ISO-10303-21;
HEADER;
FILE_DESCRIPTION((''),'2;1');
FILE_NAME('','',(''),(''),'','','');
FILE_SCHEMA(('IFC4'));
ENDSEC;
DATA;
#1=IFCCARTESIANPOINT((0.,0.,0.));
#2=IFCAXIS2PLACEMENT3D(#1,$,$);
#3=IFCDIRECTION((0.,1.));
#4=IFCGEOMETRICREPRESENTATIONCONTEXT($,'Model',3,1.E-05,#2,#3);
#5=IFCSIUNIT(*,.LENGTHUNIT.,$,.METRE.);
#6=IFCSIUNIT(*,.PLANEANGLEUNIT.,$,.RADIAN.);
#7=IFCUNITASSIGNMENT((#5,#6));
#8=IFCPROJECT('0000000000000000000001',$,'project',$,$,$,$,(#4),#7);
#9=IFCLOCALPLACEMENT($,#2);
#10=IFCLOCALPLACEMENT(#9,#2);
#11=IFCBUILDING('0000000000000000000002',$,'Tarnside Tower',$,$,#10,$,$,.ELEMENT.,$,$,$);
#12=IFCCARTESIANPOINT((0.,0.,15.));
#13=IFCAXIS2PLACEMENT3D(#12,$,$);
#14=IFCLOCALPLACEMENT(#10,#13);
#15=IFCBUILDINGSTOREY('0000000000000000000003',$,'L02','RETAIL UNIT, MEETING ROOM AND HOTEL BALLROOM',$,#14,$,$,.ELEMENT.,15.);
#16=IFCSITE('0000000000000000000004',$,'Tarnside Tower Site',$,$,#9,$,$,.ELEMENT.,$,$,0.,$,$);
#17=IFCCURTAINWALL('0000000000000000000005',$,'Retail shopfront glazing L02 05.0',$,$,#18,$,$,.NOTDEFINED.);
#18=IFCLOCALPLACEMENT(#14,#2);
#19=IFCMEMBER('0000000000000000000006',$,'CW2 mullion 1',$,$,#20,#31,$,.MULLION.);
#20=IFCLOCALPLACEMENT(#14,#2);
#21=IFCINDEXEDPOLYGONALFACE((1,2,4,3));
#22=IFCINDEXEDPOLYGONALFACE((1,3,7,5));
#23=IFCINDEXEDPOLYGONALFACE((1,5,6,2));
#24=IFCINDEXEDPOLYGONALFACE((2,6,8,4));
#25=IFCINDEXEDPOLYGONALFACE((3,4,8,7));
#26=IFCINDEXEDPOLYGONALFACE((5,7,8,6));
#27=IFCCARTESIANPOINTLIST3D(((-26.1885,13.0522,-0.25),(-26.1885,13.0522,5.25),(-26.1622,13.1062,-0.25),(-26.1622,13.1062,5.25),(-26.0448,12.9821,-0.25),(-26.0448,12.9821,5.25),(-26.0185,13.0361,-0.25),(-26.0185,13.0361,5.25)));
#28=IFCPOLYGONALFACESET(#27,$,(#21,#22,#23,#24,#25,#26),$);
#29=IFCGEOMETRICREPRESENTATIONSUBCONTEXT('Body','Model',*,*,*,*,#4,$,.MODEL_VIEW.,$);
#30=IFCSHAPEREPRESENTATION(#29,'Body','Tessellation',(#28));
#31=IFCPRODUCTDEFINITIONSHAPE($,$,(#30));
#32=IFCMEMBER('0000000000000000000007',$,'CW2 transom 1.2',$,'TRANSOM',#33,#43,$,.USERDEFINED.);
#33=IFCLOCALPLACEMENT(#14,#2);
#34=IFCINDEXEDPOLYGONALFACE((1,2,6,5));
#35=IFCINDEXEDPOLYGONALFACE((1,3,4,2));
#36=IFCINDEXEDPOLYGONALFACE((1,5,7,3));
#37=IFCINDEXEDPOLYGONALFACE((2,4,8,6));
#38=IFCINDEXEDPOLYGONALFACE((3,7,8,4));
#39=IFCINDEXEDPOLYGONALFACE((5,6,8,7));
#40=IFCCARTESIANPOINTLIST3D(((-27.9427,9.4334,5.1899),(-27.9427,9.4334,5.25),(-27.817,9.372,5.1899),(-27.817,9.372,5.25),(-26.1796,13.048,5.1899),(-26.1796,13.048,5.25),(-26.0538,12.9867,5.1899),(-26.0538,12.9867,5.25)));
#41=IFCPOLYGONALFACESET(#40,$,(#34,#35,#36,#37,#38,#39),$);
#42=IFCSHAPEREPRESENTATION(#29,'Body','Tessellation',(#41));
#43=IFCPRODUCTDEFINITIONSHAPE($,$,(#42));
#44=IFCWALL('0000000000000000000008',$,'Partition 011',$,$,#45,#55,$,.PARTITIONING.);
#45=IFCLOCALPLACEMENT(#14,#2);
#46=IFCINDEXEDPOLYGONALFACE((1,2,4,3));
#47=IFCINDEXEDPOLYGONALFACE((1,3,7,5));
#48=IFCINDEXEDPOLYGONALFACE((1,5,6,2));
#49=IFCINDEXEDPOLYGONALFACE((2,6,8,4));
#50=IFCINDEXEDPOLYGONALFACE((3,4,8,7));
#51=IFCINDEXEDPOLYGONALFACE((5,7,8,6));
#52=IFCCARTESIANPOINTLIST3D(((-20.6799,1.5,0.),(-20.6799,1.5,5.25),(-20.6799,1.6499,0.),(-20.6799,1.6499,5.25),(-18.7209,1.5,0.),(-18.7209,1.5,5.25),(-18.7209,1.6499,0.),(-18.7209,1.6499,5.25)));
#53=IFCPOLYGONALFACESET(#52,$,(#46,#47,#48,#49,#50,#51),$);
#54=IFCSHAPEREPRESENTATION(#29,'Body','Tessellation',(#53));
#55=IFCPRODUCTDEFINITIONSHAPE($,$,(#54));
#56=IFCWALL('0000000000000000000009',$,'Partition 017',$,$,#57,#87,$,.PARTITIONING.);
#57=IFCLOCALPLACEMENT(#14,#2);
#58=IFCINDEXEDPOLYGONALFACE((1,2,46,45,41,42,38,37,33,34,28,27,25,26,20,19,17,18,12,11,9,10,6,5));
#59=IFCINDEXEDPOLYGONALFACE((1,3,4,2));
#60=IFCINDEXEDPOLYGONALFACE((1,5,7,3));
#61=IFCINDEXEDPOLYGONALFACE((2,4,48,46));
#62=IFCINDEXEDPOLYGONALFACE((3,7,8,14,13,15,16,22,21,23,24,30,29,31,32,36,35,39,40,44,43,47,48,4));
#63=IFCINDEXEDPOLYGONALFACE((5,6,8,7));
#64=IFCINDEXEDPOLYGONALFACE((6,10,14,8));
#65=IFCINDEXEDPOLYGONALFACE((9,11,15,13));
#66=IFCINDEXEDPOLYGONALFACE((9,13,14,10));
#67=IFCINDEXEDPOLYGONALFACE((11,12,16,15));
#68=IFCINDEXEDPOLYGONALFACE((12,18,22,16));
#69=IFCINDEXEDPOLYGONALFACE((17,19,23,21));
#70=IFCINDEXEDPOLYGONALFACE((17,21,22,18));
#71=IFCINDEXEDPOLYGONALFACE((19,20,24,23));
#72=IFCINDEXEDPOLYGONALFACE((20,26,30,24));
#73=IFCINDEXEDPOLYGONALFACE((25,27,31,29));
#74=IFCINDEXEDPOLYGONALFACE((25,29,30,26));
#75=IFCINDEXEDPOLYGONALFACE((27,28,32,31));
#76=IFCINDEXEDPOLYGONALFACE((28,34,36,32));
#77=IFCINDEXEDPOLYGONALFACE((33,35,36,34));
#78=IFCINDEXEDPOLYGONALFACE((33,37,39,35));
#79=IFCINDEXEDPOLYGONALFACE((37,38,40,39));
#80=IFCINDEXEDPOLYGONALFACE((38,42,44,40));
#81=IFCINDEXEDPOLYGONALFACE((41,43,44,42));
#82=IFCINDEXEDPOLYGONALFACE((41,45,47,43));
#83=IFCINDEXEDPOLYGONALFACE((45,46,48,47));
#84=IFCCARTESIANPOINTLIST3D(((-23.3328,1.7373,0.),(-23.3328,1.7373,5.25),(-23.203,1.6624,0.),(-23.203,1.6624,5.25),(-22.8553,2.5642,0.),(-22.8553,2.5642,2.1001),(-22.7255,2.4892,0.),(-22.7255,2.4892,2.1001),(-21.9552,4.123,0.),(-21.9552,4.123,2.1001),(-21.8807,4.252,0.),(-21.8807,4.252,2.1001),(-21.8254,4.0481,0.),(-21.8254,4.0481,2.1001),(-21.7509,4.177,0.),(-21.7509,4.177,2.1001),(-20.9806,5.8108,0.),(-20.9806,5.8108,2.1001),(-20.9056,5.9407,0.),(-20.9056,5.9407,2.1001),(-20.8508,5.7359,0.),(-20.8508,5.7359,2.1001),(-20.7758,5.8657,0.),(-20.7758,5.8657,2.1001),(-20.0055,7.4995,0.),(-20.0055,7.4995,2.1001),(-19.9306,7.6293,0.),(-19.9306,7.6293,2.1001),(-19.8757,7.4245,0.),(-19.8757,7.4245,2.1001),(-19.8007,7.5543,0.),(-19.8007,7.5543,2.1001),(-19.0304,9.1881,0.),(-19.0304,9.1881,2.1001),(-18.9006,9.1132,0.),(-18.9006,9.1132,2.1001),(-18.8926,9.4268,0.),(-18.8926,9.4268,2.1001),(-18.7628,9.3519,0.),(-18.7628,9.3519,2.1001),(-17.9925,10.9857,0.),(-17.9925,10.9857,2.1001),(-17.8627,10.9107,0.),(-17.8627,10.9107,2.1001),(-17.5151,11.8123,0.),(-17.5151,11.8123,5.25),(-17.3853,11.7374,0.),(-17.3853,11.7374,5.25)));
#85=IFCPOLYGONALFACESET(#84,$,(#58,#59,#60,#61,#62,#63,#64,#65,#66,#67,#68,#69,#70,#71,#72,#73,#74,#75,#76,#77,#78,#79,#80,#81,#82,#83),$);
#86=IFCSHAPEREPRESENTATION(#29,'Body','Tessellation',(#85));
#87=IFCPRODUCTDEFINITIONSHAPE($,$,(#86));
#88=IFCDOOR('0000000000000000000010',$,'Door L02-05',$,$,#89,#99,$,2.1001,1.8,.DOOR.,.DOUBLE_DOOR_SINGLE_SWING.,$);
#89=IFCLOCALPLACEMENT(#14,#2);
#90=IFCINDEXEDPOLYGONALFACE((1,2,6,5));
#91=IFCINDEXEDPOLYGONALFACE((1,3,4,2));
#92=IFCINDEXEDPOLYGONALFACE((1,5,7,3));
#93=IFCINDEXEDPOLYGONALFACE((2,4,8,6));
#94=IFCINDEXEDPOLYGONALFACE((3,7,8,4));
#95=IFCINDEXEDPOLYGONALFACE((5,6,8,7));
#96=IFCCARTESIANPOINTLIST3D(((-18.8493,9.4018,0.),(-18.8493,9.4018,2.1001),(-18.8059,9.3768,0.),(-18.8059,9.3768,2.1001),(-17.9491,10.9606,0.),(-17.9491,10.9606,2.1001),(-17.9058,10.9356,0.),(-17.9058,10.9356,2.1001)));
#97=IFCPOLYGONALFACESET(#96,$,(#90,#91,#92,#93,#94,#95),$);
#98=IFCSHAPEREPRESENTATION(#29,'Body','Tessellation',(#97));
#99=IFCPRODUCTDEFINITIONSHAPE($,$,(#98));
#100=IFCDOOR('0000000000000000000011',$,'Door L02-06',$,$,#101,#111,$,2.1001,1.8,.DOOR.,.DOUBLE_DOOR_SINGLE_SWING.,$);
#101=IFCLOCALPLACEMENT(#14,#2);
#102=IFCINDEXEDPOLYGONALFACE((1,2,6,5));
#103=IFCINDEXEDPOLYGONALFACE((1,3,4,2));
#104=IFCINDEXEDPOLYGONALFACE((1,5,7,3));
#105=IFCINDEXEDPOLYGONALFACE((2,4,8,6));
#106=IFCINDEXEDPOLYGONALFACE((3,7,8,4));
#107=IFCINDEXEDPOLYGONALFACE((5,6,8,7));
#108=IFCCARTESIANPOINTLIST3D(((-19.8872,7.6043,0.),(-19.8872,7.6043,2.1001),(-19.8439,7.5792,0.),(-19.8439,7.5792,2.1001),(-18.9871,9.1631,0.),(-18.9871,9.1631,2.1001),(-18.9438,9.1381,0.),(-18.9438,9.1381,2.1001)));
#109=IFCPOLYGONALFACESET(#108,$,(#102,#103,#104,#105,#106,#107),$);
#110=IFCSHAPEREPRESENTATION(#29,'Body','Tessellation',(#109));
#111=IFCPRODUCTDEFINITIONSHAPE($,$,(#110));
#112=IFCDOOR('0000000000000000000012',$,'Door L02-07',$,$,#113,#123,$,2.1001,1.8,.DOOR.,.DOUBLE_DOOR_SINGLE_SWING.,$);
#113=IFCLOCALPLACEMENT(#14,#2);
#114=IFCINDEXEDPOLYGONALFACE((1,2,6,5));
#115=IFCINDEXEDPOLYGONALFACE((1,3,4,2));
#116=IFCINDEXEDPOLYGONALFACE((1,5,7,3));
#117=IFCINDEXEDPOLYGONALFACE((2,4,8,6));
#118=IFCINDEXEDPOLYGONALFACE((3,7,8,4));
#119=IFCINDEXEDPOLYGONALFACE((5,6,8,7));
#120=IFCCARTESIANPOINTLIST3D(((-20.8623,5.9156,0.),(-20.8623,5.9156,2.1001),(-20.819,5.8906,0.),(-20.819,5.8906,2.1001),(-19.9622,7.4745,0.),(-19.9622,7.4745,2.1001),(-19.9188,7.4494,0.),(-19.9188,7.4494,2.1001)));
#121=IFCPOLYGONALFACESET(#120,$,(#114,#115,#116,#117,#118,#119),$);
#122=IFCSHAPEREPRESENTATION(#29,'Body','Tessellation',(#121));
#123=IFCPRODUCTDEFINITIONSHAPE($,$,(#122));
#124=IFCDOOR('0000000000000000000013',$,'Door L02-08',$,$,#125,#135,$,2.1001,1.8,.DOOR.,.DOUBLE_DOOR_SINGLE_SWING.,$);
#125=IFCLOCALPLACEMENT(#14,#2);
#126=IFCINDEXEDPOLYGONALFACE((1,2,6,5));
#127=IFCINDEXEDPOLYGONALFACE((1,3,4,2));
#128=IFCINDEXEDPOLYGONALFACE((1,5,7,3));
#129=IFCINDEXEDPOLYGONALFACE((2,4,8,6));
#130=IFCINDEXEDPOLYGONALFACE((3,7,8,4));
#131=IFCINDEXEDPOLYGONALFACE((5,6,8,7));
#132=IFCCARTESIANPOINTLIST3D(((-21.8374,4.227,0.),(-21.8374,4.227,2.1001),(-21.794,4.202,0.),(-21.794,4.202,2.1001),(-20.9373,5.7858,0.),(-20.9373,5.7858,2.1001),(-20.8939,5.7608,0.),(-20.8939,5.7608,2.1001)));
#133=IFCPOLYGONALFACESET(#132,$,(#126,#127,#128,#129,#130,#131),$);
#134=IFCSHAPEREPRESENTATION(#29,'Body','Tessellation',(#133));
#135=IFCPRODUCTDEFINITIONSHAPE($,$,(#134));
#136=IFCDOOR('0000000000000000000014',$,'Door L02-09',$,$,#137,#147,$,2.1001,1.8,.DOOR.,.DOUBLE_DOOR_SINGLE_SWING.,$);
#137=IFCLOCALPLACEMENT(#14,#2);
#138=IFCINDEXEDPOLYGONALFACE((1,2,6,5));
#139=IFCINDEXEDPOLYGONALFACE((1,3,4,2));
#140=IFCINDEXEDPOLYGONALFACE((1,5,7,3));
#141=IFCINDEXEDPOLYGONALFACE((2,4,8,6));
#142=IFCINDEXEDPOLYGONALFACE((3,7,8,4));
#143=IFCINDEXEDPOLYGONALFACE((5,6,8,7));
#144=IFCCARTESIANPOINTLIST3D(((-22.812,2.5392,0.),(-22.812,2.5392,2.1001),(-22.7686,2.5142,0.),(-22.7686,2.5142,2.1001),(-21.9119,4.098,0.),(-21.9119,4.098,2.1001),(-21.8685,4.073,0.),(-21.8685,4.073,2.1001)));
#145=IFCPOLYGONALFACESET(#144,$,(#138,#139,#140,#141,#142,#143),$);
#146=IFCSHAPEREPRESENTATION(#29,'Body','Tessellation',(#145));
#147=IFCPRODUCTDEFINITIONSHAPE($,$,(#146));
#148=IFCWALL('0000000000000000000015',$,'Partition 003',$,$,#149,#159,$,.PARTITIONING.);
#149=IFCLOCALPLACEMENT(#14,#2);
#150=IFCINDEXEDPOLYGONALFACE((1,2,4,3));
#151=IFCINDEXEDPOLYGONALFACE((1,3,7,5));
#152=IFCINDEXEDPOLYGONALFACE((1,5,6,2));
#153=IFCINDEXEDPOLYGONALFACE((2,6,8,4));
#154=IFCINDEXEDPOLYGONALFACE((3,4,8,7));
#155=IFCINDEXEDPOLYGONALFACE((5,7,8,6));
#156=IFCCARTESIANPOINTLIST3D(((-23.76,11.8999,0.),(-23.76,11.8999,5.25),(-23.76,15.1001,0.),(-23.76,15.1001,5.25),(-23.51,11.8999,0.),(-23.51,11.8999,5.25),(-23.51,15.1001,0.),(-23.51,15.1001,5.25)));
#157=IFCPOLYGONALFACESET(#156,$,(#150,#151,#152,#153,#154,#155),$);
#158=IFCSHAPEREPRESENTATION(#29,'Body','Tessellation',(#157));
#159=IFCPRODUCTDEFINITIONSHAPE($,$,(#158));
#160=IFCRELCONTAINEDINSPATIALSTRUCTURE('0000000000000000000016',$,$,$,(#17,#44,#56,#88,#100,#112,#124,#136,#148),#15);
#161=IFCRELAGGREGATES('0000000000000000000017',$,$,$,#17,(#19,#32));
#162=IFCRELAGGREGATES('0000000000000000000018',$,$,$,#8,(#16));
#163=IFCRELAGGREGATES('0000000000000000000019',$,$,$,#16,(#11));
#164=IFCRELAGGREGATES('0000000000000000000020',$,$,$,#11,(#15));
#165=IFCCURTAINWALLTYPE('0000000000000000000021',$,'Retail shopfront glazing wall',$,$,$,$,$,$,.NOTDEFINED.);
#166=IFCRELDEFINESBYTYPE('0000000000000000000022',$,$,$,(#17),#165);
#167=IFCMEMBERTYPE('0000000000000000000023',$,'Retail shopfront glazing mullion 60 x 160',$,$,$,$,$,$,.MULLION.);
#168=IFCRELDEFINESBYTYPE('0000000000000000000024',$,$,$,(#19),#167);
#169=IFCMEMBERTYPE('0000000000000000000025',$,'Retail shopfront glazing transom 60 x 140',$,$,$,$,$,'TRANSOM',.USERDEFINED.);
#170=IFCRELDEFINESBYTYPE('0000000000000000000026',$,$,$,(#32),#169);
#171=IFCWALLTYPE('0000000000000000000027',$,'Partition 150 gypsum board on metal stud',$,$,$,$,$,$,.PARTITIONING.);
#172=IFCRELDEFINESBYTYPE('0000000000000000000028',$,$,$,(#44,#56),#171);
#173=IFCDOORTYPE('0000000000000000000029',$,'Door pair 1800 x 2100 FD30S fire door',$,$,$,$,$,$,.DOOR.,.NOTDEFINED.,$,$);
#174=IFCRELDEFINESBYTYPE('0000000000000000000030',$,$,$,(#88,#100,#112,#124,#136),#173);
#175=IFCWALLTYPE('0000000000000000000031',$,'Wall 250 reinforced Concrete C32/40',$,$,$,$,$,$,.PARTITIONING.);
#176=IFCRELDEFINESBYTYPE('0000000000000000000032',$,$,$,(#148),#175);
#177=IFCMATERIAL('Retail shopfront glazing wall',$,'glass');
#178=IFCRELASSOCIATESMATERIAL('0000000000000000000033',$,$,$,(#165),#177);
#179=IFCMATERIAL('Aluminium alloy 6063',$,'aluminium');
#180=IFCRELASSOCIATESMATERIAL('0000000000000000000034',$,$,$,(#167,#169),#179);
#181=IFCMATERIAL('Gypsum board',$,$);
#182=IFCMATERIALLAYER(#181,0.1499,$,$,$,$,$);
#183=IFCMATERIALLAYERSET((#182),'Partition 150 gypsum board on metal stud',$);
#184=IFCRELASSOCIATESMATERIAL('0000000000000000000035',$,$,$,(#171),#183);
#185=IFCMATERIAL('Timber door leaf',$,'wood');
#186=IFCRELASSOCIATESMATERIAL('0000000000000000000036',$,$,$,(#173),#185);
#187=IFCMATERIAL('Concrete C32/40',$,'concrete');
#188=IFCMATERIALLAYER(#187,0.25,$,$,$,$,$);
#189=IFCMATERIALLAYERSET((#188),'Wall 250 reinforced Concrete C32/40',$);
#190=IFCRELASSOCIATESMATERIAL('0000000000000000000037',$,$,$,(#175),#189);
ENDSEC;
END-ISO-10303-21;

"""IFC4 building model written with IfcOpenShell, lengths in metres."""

from ifc_helpers import new_model, si_unit, direction, frame, frame_2d, origin, origin_2d, place, context, subcontext, project, spatial, rectangle, extrude, material, layer, layer_set, material_profile, profile_set, type_object, element, fill, aggregate, save


model = new_model("IFC4")

# Units and contexts
model_context = context("Model", 3, precision=1e-05, world=origin(), true_north=direction((0.0, 1.0)))
body_context = subcontext(model_context, "Body", "Model", "MODEL_VIEW")
ifc_project = project(units=[si_unit("LENGTHUNIT", "METRE"), si_unit("PLANEANGLEUNIT", "RADIAN")], contexts=[model_context])

# Site, building, storey
site_placement = place(None, origin())
site = spatial("IfcSite", under=ifc_project, at=site_placement, Name="Tarnside Tower Site", CompositionType="ELEMENT", RefElevation=0.0)
building_placement = place(site_placement, origin())
building = spatial("IfcBuilding", under=site, at=building_placement, Name="Tarnside Tower", CompositionType="ELEMENT")
storey_placement = place(building_placement, frame((0.0, 0.0, 15.0)))
storey = spatial("IfcBuildingStorey", under=building, at=storey_placement, Name="L02", Description="RETAIL UNIT, MEETING ROOM AND HOTEL BALLROOM", CompositionType="ELEMENT", Elevation=15.0)

# Curtain wall, members
ifc_material_1 = material(Name="Retail shopfront glazing wall", Category="glass")
curtain_wall_type = type_object("IfcCurtainWallType", Name="Retail shopfront glazing wall", PredefinedType="NOTDEFINED", material=ifc_material_1)
curtain_wall_placement = place(storey_placement, origin())
curtain_wall = element("IfcCurtainWall", 1, at=curtain_wall_placement, inside=storey, type_object=curtain_wall_type, Name="Retail shopfront glazing L02 05.0", PredefinedType="NOTDEFINED")
ifc_material_2 = material(Name="Aluminium alloy 6063", Category="aluminium")
ifc_material_profile_1 = material_profile(ifc_material_2, rectangle(XDim=0.1599, YDim=0.0601, at=origin_2d()), Name="Retail shopfront glazing mullion 60 x 160")
ifc_profile_set_1 = profile_set([ifc_material_profile_1], Name="Aluminium alloy 6063")
member_type_1 = type_object("IfcMemberType", Name="Retail shopfront glazing mullion 60 x 160", PredefinedType="MULLION", material=ifc_profile_set_1)
member_1_placement = place(storey_placement, frame((-26.1035, 13.0442, -0.25), z_axis=(0.0, 0.0, 1.0), x_axis=(0.898794, -0.438371, 0.0)))
member_1 = element("IfcMember", 2, at=member_1_placement, type_object=member_type_1, Name="CW2 mullion 1", PredefinedType="MULLION", context=body_context, shape_type="SweptSolid", body=[
    extrude(rectangle(XDim=0.1599, YDim=0.0601, at=origin_2d()), origin(), (0.0, 0.0, 1.0), 5.5),
])
ifc_material_profile_2 = material_profile(ifc_material_2, rectangle(XDim=0.1399, YDim=0.0601, at=origin_2d()), Name="Retail shopfront glazing transom 60 x 140")
ifc_profile_set_2 = profile_set([ifc_material_profile_2], Name="Aluminium alloy 6063")
member_type_2 = type_object("IfcMemberType", Name="Retail shopfront glazing transom 60 x 140", ElementType="TRANSOM", PredefinedType="USERDEFINED", material=ifc_profile_set_2)
member_2_placement = place(storey_placement, frame((-26.1167, 13.0173, 5.22), z_axis=(-0.438402, -0.898779, 0.0), x_axis=(0.898779, -0.438402, 0.0)))
member_2 = element("IfcMember", 3, at=member_2_placement, type_object=member_type_2, Name="CW2 transom 1.2", ObjectType="TRANSOM", PredefinedType="USERDEFINED", context=body_context, shape_type="SweptSolid", body=[
    extrude(rectangle(XDim=0.1399, YDim=0.0601, at=origin_2d()), origin(), (0.0, 0.0, 1.0), 4.0217),
])
aggregate(curtain_wall, [member_1, member_2])

# Wall
ifc_material_3 = material(Name="Gypsum board")
ifc_layer_1 = layer(ifc_material_3, 0.1499)
ifc_layer_set_1 = layer_set([ifc_layer_1], Name="Partition 150 gypsum board on metal stud")
wall_type_1 = type_object("IfcWallType", Name="Partition 150 gypsum board on metal stud", PredefinedType="PARTITIONING", material=ifc_layer_set_1)
wall_1_placement = place(storey_placement, frame((-20.6799, 1.575, 0.0), z_axis=(0.0, 0.0, 1.0), x_axis=(1.0, 0.0, 0.0)))
element("IfcWall", 4, at=wall_1_placement, inside=storey, type_object=wall_type_1, Name="Partition 011", PredefinedType="PARTITIONING", context=body_context, shape_type="SweptSolid", body=[
    extrude(rectangle(XDim=1.959, YDim=0.1499, at=frame_2d((0.9795, 0.0))), origin(), (0.0, 0.0, 1.0), 5.25),
])

# Wall, openings, doors
wall_2_placement = place(storey_placement, frame((-23.2678, 1.7, 0.0), z_axis=(0.0, 0.0, 1.0), x_axis=(0.500055, 0.865994, 0.0)))
wall_2 = element("IfcWall", 5, at=wall_2_placement, inside=storey, type_object=wall_type_1, Name="Partition 017", PredefinedType="PARTITIONING", context=body_context, shape_type="SweptSolid", body=[
    extrude(rectangle(XDim=11.634, YDim=0.1499, at=frame_2d((5.8169, 0.0))), origin(), (0.0, 0.0, 1.0), 5.25),
])
opening_1_placement = place(wall_2_placement, frame((8.8794, 0.0, 0.0)))
opening_1 = element("IfcOpeningElement", 6, at=opening_1_placement, cuts=wall_2, PredefinedType="OPENING", context=body_context, shape_type="SweptSolid", body=[
    extrude(rectangle(XDim=1.8, YDim=2.1001, at=frame_2d((0.8999, 1.05))), frame((0.0, 0.085, 0.0), z_axis=(0.0, -1.0, 0.0), x_axis=(1.0, 0.0, 0.0)), (0.0, 0.0, 1.0), 0.1699),
])
opening_2_placement = place(wall_2_placement, frame((6.8037, 0.0, 0.0)))
opening_2 = element("IfcOpeningElement", 7, at=opening_2_placement, cuts=wall_2, PredefinedType="OPENING", context=body_context, shape_type="SweptSolid", body=[
    extrude(rectangle(XDim=1.8, YDim=2.1001, at=frame_2d((0.8999, 1.05))), frame((0.0, 0.085, 0.0), z_axis=(0.0, -1.0, 0.0), x_axis=(1.0, 0.0, 0.0)), (0.0, 0.0, 1.0), 0.1699),
])
opening_3_placement = place(wall_2_placement, frame((4.8538, 0.0, 0.0)))
opening_3 = element("IfcOpeningElement", 8, at=opening_3_placement, cuts=wall_2, PredefinedType="OPENING", context=body_context, shape_type="SweptSolid", body=[
    extrude(rectangle(XDim=1.8, YDim=2.1001, at=frame_2d((0.8999, 1.05))), frame((0.0, 0.085, 0.0), z_axis=(0.0, -1.0, 0.0), x_axis=(1.0, 0.0, 0.0)), (0.0, 0.0, 1.0), 0.1699),
])
opening_4_placement = place(wall_2_placement, frame((2.9038, 0.0, 0.0)))
opening_4 = element("IfcOpeningElement", 9, at=opening_4_placement, cuts=wall_2, PredefinedType="OPENING", context=body_context, shape_type="SweptSolid", body=[
    extrude(rectangle(XDim=1.8, YDim=2.1001, at=frame_2d((0.8999, 1.05))), frame((0.0, 0.085, 0.0), z_axis=(0.0, -1.0, 0.0), x_axis=(1.0, 0.0, 0.0)), (0.0, 0.0, 1.0), 0.1699),
])
opening_5_placement = place(wall_2_placement, frame((0.9548, 0.0, 0.0)))
opening_5 = element("IfcOpeningElement", 10, at=opening_5_placement, cuts=wall_2, PredefinedType="OPENING", context=body_context, shape_type="SweptSolid", body=[
    extrude(rectangle(XDim=1.8, YDim=2.1001, at=frame_2d((0.8999, 1.05))), frame((0.0, 0.085, 0.0), z_axis=(0.0, -1.0, 0.0), x_axis=(1.0, 0.0, 0.0)), (0.0, 0.0, 1.0), 0.1699),
])
ifc_material_4 = material(Name="Timber door leaf", Category="wood")
door_type = type_object("IfcDoorType", Name="Door pair 1800 x 2100 FD30S fire door", OperationType="NOTDEFINED", PredefinedType="DOOR", material=ifc_material_4)
door_1_placement = place(opening_1_placement, origin())
door_1 = element("IfcDoor", 11, at=door_1_placement, inside=storey, type_object=door_type, Name="Door L02-05", OperationType="DOUBLE_DOOR_SINGLE_SWING", OverallHeight=2.1001, OverallWidth=1.8, PredefinedType="DOOR", context=body_context, shape_type="SweptSolid", body=[
    extrude(rectangle(XDim=1.8, YDim=2.1001, at=frame_2d((0.8999, 1.05))), frame((0.0, 0.0249, 0.0), z_axis=(0.0, -1.0, 0.0), x_axis=(1.0, 0.0, 0.0)), (0.0, 0.0, 1.0), 0.05),
])
fill(opening_1, door_1)
door_2_placement = place(opening_2_placement, origin())
door_2 = element("IfcDoor", 12, at=door_2_placement, inside=storey, type_object=door_type, Name="Door L02-06", OperationType="DOUBLE_DOOR_SINGLE_SWING", OverallHeight=2.1001, OverallWidth=1.8, PredefinedType="DOOR", context=body_context, shape_type="SweptSolid", body=[
    extrude(rectangle(XDim=1.8, YDim=2.1001, at=frame_2d((0.8999, 1.05))), frame((0.0, 0.0249, 0.0), z_axis=(0.0, -1.0, 0.0), x_axis=(1.0, 0.0, 0.0)), (0.0, 0.0, 1.0), 0.05),
])
fill(opening_2, door_2)
door_3_placement = place(opening_3_placement, origin())
door_3 = element("IfcDoor", 13, at=door_3_placement, inside=storey, type_object=door_type, Name="Door L02-07", OperationType="DOUBLE_DOOR_SINGLE_SWING", OverallHeight=2.1001, OverallWidth=1.8, PredefinedType="DOOR", context=body_context, shape_type="SweptSolid", body=[
    extrude(rectangle(XDim=1.8, YDim=2.1001, at=frame_2d((0.8999, 1.05))), frame((0.0, 0.0249, 0.0), z_axis=(0.0, -1.0, 0.0), x_axis=(1.0, 0.0, 0.0)), (0.0, 0.0, 1.0), 0.05),
])
fill(opening_3, door_3)
door_4_placement = place(opening_4_placement, origin())
door_4 = element("IfcDoor", 14, at=door_4_placement, inside=storey, type_object=door_type, Name="Door L02-08", OperationType="DOUBLE_DOOR_SINGLE_SWING", OverallHeight=2.1001, OverallWidth=1.8, PredefinedType="DOOR", context=body_context, shape_type="SweptSolid", body=[
    extrude(rectangle(XDim=1.8, YDim=2.1001, at=frame_2d((0.8999, 1.05))), frame((0.0, 0.0249, 0.0), z_axis=(0.0, -1.0, 0.0), x_axis=(1.0, 0.0, 0.0)), (0.0, 0.0, 1.0), 0.05),
])
fill(opening_4, door_4)
door_5_placement = place(opening_5_placement, origin())
door_5 = element("IfcDoor", 15, at=door_5_placement, inside=storey, type_object=door_type, Name="Door L02-09", OperationType="DOUBLE_DOOR_SINGLE_SWING", OverallHeight=2.1001, OverallWidth=1.8, PredefinedType="DOOR", context=body_context, shape_type="SweptSolid", body=[
    extrude(rectangle(XDim=1.8, YDim=2.1001, at=frame_2d((0.8999, 1.05))), frame((0.0, 0.0249, 0.0), z_axis=(0.0, -1.0, 0.0), x_axis=(1.0, 0.0, 0.0)), (0.0, 0.0, 1.0), 0.05),
])
fill(opening_5, door_5)

# Wall
ifc_material_5 = material(Name="Concrete C32/40", Category="concrete")
ifc_layer_2 = layer(ifc_material_5, 0.25)
ifc_layer_set_2 = layer_set([ifc_layer_2], Name="Wall 250 reinforced Concrete C32/40")
wall_type_2 = type_object("IfcWallType", Name="Wall 250 reinforced Concrete C32/40", PredefinedType="PARTITIONING", material=ifc_layer_set_2)
wall_3_placement = place(storey_placement, frame((-23.635, 11.8999, 0.0), z_axis=(0.0, 0.0, 1.0), x_axis=(0.0, 1.0, 0.0)))
element("IfcWall", 16, at=wall_3_placement, inside=storey, type_object=wall_type_2, Name="Partition 003", PredefinedType="PARTITIONING", context=body_context, shape_type="SweptSolid", body=[
    extrude(rectangle(XDim=3.2002, YDim=0.25, at=frame_2d((1.6001, 0.0))), origin(), (0.0, 0.0, 1.0), 5.25),
])

save(model, "model.ifc")
